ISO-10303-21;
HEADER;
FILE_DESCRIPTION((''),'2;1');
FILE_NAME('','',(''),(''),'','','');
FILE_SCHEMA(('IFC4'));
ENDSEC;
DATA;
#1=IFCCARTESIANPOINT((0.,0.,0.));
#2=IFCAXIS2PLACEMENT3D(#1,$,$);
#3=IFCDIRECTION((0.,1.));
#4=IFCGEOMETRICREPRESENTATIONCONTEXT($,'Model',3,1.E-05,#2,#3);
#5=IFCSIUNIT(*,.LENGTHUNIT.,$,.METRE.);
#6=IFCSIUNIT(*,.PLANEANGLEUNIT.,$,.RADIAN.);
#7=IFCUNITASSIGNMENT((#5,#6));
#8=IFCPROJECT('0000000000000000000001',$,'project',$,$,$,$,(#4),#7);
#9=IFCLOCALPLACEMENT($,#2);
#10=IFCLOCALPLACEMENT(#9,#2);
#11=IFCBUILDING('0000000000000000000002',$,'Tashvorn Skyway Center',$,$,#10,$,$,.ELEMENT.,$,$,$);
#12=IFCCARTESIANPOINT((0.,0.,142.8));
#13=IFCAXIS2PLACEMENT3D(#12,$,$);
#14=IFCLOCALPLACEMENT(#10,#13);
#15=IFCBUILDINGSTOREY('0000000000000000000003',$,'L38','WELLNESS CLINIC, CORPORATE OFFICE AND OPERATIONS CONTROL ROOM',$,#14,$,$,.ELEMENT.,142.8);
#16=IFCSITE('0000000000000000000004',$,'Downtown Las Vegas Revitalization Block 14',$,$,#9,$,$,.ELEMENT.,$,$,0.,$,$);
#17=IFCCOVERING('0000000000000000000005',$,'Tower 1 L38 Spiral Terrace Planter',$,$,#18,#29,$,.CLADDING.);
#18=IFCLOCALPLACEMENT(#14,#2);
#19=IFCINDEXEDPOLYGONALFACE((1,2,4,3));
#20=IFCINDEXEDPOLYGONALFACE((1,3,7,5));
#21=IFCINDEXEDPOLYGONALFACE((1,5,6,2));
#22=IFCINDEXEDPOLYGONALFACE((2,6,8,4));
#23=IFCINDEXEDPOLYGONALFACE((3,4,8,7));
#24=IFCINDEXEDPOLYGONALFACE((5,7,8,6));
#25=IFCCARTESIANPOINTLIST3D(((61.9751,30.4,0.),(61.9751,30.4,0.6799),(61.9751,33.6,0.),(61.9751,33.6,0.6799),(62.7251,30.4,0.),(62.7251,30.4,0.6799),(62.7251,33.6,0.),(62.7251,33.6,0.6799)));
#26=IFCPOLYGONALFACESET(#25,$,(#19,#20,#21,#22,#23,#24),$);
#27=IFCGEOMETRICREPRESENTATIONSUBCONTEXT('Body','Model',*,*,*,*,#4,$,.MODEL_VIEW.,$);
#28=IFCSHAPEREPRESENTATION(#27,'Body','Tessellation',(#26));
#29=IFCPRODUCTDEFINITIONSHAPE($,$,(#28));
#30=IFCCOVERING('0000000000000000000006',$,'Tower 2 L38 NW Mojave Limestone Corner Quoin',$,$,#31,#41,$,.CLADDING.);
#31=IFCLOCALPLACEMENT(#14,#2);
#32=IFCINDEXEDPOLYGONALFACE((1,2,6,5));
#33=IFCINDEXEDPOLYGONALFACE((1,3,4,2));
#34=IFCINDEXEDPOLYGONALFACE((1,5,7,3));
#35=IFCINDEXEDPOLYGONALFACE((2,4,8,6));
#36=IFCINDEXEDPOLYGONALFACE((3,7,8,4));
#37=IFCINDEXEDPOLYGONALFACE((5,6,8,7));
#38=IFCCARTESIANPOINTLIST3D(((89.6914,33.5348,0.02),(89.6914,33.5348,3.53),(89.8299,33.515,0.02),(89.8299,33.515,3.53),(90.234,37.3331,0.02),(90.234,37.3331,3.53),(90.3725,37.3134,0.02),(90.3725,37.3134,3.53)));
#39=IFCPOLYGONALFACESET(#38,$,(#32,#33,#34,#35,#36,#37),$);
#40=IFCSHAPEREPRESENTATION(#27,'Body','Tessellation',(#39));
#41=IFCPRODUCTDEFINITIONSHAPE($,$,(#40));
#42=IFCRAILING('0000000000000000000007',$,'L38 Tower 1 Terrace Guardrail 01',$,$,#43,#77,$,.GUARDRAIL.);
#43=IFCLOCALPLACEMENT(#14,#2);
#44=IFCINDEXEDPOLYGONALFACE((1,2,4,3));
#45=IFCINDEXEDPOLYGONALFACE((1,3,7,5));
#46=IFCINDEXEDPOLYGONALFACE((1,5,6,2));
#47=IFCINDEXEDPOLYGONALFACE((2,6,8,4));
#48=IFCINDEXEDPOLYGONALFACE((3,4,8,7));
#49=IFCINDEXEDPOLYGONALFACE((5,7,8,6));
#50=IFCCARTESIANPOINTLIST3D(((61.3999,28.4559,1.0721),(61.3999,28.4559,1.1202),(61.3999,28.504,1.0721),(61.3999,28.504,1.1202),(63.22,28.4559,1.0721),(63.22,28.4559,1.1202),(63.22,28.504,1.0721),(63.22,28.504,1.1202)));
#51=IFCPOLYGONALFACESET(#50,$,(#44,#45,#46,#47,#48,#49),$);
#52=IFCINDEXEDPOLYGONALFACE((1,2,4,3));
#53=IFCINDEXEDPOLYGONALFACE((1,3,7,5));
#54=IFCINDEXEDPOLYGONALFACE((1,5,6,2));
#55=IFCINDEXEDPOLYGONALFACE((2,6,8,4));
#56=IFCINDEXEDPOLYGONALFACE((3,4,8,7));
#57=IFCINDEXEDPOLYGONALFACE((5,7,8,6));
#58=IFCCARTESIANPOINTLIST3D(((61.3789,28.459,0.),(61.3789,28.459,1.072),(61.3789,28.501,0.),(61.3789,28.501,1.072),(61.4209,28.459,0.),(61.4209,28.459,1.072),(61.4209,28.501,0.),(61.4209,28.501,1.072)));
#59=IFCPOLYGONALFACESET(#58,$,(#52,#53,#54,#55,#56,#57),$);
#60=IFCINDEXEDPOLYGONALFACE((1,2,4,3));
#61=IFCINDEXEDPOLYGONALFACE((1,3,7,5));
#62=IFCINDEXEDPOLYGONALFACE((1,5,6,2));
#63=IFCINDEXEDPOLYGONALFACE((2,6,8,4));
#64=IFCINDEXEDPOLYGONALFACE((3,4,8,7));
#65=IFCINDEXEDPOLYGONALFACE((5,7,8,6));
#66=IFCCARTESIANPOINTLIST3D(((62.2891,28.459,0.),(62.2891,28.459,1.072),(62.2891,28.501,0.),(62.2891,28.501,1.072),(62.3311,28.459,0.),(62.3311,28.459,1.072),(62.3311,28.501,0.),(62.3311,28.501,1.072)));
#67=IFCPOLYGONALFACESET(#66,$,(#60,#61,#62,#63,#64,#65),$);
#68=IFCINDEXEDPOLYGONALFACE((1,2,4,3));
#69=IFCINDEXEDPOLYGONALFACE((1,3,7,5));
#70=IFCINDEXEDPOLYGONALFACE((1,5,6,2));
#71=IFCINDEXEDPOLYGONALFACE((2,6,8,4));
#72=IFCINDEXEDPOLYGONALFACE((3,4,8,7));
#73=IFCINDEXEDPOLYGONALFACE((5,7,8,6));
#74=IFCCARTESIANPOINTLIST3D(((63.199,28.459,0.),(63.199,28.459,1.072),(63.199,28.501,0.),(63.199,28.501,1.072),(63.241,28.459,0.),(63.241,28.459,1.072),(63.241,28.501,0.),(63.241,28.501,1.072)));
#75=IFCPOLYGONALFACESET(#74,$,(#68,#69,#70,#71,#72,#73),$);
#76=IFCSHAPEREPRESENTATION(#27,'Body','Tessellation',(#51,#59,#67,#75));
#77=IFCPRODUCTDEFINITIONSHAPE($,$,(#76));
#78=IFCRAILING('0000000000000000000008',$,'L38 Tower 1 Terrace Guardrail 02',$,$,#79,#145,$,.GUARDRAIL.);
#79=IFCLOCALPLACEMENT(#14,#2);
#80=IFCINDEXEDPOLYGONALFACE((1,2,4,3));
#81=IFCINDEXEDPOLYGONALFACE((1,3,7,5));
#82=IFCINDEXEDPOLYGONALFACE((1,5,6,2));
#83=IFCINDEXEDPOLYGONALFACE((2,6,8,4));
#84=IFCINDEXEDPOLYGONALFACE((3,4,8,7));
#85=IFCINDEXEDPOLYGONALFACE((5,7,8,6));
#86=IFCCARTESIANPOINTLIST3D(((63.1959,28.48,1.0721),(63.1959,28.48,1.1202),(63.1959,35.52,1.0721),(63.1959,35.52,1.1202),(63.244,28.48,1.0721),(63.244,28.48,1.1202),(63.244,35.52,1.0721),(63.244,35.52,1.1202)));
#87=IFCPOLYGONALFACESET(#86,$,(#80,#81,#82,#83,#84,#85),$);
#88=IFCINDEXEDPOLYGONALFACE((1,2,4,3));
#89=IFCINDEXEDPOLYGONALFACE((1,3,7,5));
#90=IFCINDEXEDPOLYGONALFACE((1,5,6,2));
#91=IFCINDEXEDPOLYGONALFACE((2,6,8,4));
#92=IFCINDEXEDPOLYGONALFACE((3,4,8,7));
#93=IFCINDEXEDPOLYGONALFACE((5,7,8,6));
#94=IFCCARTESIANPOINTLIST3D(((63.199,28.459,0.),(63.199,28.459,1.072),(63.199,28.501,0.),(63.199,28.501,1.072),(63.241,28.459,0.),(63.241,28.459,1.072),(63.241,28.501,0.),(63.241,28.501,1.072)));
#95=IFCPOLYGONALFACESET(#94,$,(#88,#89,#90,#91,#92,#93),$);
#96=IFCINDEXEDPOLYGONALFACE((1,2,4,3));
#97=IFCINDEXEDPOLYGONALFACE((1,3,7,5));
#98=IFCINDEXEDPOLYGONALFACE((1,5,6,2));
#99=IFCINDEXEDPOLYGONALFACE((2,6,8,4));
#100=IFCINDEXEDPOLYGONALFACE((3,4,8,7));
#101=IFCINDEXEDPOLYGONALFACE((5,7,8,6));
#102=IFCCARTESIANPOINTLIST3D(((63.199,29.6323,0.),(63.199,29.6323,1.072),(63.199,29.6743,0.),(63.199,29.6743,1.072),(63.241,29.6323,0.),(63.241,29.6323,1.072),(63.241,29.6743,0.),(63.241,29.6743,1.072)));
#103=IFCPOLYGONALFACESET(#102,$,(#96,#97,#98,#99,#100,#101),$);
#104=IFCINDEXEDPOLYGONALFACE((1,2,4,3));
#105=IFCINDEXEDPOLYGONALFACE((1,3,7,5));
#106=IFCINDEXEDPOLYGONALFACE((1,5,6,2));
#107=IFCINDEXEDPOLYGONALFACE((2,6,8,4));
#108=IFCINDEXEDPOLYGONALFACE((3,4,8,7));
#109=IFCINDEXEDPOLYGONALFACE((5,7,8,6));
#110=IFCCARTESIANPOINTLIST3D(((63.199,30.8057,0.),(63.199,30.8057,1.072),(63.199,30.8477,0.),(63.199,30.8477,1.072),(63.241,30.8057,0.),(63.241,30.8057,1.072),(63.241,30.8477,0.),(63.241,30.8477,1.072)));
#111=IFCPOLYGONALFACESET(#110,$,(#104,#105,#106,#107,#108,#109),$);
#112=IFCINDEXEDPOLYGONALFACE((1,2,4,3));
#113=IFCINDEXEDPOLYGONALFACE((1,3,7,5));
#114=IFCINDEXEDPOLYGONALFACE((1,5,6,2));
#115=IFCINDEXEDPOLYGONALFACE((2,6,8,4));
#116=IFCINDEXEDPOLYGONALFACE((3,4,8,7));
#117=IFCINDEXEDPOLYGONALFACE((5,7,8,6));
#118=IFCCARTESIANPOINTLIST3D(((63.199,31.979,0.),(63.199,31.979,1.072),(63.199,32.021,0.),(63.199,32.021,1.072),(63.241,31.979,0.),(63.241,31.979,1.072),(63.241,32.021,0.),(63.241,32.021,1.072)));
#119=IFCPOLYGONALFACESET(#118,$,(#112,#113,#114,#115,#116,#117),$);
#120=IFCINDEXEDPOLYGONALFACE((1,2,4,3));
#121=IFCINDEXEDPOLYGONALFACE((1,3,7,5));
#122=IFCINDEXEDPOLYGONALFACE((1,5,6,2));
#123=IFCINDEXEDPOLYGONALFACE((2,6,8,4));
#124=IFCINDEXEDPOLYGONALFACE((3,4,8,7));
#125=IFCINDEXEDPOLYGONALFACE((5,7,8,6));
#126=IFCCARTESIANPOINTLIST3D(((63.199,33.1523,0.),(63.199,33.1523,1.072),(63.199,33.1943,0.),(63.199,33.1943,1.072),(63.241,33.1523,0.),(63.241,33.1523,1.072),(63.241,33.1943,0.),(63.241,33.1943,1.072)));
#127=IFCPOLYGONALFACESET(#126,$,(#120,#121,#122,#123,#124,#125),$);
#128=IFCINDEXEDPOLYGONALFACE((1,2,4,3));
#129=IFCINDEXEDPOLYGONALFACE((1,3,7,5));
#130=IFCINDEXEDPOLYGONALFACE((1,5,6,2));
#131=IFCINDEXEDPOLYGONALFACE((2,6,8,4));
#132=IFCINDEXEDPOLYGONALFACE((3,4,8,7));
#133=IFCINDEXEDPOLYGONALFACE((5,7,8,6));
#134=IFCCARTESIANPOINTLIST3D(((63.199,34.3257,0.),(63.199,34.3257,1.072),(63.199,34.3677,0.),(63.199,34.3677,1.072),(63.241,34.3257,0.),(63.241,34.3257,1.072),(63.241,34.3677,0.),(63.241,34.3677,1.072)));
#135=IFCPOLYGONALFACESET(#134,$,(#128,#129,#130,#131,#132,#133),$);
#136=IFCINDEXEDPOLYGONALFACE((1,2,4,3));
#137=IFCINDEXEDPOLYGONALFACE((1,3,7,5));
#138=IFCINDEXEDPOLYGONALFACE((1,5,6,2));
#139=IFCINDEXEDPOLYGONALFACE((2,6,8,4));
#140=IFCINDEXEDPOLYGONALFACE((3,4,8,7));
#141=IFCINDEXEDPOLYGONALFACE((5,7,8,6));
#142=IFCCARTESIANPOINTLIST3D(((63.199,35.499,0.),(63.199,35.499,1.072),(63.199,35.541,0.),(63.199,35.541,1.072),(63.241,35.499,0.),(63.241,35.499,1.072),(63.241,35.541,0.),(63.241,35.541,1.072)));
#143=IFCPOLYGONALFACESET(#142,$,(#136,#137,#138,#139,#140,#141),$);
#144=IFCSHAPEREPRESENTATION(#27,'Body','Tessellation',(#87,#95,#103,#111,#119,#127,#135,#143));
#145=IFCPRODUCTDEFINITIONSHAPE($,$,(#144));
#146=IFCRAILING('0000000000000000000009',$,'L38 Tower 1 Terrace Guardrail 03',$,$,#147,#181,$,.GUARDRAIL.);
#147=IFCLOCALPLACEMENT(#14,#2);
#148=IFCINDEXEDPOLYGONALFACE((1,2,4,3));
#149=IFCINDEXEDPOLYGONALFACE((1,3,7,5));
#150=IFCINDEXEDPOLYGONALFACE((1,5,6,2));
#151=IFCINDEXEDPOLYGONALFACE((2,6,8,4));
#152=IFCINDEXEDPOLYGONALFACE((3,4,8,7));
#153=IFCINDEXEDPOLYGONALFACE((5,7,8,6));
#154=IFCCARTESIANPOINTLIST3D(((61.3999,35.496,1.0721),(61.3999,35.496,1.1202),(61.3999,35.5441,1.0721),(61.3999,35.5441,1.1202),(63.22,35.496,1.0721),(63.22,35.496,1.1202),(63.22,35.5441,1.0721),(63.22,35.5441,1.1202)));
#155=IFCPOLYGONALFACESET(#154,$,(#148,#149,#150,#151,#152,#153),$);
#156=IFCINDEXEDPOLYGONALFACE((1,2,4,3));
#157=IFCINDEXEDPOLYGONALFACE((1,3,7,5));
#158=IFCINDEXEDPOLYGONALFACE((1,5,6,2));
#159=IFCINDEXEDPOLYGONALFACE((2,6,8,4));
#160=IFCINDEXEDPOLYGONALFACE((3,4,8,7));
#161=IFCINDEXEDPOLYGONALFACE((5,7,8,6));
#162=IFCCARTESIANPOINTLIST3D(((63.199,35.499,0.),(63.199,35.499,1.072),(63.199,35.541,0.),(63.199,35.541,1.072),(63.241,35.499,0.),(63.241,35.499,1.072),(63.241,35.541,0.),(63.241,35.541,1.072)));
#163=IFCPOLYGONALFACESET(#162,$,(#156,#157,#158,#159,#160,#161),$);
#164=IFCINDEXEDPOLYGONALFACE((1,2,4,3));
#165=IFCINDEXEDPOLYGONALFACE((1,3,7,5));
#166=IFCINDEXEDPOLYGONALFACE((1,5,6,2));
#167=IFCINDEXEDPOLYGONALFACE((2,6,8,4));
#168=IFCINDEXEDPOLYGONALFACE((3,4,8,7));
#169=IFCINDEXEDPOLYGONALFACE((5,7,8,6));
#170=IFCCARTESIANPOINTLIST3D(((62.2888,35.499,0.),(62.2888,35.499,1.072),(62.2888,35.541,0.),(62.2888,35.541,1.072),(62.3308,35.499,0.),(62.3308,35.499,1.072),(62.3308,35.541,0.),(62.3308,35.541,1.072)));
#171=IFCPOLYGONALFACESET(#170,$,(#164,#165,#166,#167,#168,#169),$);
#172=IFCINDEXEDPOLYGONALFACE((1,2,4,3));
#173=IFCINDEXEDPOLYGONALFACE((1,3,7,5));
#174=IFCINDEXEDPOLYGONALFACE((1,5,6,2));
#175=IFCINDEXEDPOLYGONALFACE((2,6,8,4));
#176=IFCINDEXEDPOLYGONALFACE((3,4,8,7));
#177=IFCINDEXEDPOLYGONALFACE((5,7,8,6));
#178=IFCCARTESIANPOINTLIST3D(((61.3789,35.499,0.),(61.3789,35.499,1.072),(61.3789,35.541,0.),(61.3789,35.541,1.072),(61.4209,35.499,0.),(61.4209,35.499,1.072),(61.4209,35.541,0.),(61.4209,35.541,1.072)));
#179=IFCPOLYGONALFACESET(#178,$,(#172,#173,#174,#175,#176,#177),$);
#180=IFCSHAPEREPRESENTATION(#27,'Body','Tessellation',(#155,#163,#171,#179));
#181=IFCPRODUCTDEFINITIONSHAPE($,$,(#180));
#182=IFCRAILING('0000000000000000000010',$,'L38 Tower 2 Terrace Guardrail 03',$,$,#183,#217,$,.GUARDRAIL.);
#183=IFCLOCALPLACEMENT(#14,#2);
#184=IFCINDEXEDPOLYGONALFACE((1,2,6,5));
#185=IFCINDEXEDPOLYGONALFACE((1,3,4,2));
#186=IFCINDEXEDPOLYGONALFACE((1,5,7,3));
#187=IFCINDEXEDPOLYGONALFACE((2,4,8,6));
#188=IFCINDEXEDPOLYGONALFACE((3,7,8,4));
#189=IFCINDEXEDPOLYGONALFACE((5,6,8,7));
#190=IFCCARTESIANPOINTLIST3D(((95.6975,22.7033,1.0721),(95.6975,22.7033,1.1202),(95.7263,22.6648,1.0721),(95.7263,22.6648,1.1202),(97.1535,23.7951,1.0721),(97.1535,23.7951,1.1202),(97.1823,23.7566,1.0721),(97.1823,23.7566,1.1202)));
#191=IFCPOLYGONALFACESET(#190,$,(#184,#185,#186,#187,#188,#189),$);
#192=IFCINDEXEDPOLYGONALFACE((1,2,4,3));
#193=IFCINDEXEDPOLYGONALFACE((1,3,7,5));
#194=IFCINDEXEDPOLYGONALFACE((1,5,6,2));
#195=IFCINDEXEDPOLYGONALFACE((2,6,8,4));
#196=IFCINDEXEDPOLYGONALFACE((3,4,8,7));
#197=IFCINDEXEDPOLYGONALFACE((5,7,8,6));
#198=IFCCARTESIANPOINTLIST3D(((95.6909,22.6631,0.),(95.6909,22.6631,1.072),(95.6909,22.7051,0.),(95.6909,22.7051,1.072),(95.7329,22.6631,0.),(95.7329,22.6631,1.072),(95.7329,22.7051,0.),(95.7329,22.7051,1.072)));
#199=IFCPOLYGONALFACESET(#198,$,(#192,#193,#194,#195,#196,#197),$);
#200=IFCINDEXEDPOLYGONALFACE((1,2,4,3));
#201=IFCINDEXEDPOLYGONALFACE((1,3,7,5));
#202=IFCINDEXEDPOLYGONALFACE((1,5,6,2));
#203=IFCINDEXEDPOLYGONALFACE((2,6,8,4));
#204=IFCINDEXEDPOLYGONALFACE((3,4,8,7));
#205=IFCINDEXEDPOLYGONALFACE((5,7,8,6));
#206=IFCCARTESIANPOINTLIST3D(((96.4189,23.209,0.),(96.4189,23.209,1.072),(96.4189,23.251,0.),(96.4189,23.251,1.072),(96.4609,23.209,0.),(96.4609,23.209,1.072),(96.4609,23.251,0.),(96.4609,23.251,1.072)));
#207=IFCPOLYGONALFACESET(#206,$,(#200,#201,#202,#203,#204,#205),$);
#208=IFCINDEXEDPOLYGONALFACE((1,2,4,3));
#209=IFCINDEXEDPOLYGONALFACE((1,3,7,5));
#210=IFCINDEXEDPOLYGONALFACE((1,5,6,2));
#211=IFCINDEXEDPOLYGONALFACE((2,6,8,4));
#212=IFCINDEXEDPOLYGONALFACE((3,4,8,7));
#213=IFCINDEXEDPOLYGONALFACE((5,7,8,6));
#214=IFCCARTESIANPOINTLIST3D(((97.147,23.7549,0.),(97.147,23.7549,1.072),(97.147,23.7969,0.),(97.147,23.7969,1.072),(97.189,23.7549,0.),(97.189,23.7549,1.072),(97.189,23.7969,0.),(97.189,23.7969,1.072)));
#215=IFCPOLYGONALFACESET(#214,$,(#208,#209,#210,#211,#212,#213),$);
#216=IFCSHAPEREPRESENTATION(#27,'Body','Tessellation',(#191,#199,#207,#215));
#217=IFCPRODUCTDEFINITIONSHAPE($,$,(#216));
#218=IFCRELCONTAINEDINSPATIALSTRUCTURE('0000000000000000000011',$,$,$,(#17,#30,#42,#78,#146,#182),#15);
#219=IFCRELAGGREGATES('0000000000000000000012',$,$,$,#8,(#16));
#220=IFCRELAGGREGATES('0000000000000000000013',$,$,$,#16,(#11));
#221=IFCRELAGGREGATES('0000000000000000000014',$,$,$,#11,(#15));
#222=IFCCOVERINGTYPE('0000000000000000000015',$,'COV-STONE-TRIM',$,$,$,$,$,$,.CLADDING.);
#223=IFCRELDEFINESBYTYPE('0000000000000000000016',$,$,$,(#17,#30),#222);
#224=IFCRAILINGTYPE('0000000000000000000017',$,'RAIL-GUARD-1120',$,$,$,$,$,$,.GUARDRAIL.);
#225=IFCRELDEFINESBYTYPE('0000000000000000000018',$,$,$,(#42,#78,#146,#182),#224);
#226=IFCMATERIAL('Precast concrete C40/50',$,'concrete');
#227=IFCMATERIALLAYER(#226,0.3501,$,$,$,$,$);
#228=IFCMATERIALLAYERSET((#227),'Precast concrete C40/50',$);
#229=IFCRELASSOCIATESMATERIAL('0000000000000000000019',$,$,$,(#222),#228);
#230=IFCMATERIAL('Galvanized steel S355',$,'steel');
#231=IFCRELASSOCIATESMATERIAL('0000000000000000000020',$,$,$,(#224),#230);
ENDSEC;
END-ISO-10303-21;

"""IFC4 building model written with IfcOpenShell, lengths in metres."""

from ifc_helpers import new_model, si_unit, direction, frame, origin, origin_2d, place, context, subcontext, project, spatial, rectangle, extrude, material, layer, layer_set, type_object, element, save


model = new_model("IFC4")

# Units and contexts
model_context = context("Model", 3, precision=1e-05, world=origin(), true_north=direction((0.0, 1.0)))
body_context = subcontext(model_context, "Body", "Model", "MODEL_VIEW")
ifc_project = project(units=[si_unit("LENGTHUNIT", "METRE"), si_unit("PLANEANGLEUNIT", "RADIAN")], contexts=[model_context])

# Site, building, storey
site_placement = place(None, origin())
site = spatial("IfcSite", under=ifc_project, at=site_placement, Name="Downtown Las Vegas Revitalization Block 14", CompositionType="ELEMENT", RefElevation=0.0)
building_placement = place(site_placement, origin())
building = spatial("IfcBuilding", under=site, at=building_placement, Name="Tashvorn Skyway Center", CompositionType="ELEMENT")
storey_placement = place(building_placement, frame((0.0, 0.0, 142.8)))
storey = spatial("IfcBuildingStorey", under=building, at=storey_placement, Name="L38", Description="WELLNESS CLINIC, CORPORATE OFFICE AND OPERATIONS CONTROL ROOM", CompositionType="ELEMENT", Elevation=142.8)

# Shared definitions
ifc_material_1 = material(Name="Precast concrete C40/50", Category="concrete")

# Coverings
ifc_layer_1 = layer(ifc_material_1, 0.3501)
ifc_layer_set_1 = layer_set([ifc_layer_1], Name="Precast concrete C40/50")
covering_type_1 = type_object("IfcCoveringType", Name="COV-STONE-TRIM", PredefinedType="CLADDING", material=ifc_layer_set_1)
covering_1_placement = place(storey_placement, frame((62.3501, 32.0, 0.0), z_axis=(0.0, 0.0, 1.0), x_axis=(0.0, -1.0, 0.0)))
element("IfcCovering", 1, at=covering_1_placement, inside=storey, type_object=covering_type_1, Name="Tower 1 L38 Spiral Terrace Planter", PredefinedType="CLADDING", context=body_context, shape_type="SweptSolid", body=[
    extrude(rectangle(XDim=3.2, YDim=0.75, at=origin_2d()), origin(), (0.0, 0.0, 1.0), 0.6799),
])
covering_2_placement = place(storey_placement, frame((90.032, 35.4241, 0.02), z_axis=(0.0, 0.0, 1.0), x_axis=(-0.141421, -0.989949, 0.0)))
element("IfcCovering", 2, at=covering_2_placement, inside=storey, type_object=covering_type_1, Name="Tower 2 L38 NW Mojave Limestone Corner Quoin", PredefinedType="CLADDING", context=body_context, shape_type="SweptSolid", body=[
    extrude(rectangle(XDim=3.8369, YDim=0.1399, at=origin_2d()), origin(), (0.0, 0.0, 1.0), 3.51),
])

# Railings
ifc_material_2 = material(Name="Galvanized steel S355", Category="steel")
railing_type = type_object("IfcRailingType", Name="RAIL-GUARD-1120", PredefinedType="GUARDRAIL", material=ifc_material_2)
railing_1_placement = place(storey_placement, frame((61.3999, 28.48, 0.0)))
element("IfcRailing", 3, at=railing_1_placement, inside=storey, type_object=railing_type, Name="L38 Tower 1 Terrace Guardrail 01", PredefinedType="GUARDRAIL", context=body_context, shape_type="SweptSolid", body=[
    extrude(rectangle(XDim=0.0481, YDim=0.0481, at=origin_2d()), frame((0.0, 0.0, 1.0962), z_axis=(1.0, 0.0, 0.0), x_axis=(0.0, 1.0, 0.0)), (0.0, 0.0, 1.0), 1.8201),
    extrude(rectangle(XDim=0.042, YDim=0.042, at=origin_2d()), origin(), (0.0, 0.0, 1.0), 1.072),
    extrude(rectangle(XDim=0.042, YDim=0.042, at=origin_2d()), frame((0.9102, 0.0, 0.0)), (0.0, 0.0, 1.0), 1.072),
    extrude(rectangle(XDim=0.042, YDim=0.042, at=origin_2d()), frame((1.8201, 0.0, 0.0)), (0.0, 0.0, 1.0), 1.072),
])
railing_2_placement = place(storey_placement, frame((63.22, 28.48, 0.0)))
element("IfcRailing", 4, at=railing_2_placement, inside=storey, type_object=railing_type, Name="L38 Tower 1 Terrace Guardrail 02", PredefinedType="GUARDRAIL", context=body_context, shape_type="SweptSolid", body=[
    extrude(rectangle(XDim=0.0481, YDim=0.0481, at=origin_2d()), frame((0.0, 0.0, 1.0962), z_axis=(0.0, 1.0, 0.0), x_axis=(-1.0, 0.0, 0.0)), (0.0, 0.0, 1.0), 7.04),
    extrude(rectangle(XDim=0.042, YDim=0.042, at=origin_2d()), origin(), (0.0, 0.0, 1.0), 1.072),
    extrude(rectangle(XDim=0.042, YDim=0.042, at=origin_2d()), frame((0.0, 1.1733, 0.0)), (0.0, 0.0, 1.0), 1.072),
    extrude(rectangle(XDim=0.042, YDim=0.042, at=origin_2d()), frame((0.0, 2.3467, 0.0)), (0.0, 0.0, 1.0), 1.072),
    extrude(rectangle(XDim=0.042, YDim=0.042, at=origin_2d()), frame((0.0, 3.52, 0.0)), (0.0, 0.0, 1.0), 1.072),
    extrude(rectangle(XDim=0.042, YDim=0.042, at=origin_2d()), frame((0.0, 4.6934, 0.0)), (0.0, 0.0, 1.0), 1.072),
    extrude(rectangle(XDim=0.042, YDim=0.042, at=origin_2d()), frame((0.0, 5.8667, 0.0)), (0.0, 0.0, 1.0), 1.072),
    extrude(rectangle(XDim=0.042, YDim=0.042, at=origin_2d()), frame((0.0, 7.04, 0.0)), (0.0, 0.0, 1.0), 1.072),
])
railing_3_placement = place(storey_placement, frame((63.22, 35.52, 0.0)))
element("IfcRailing", 5, at=railing_3_placement, inside=storey, type_object=railing_type, Name="L38 Tower 1 Terrace Guardrail 03", PredefinedType="GUARDRAIL", context=body_context, shape_type="SweptSolid", body=[
    extrude(rectangle(XDim=0.0481, YDim=0.0481, at=origin_2d()), frame((0.0, 0.0, 1.0962), z_axis=(-1.0, 0.0, 0.0), x_axis=(0.0, -1.0, 0.0)), (0.0, 0.0, 1.0), 1.8201),
    extrude(rectangle(XDim=0.042, YDim=0.042, at=origin_2d()), origin(), (0.0, 0.0, 1.0), 1.072),
    extrude(rectangle(XDim=0.042, YDim=0.042, at=origin_2d()), frame((-0.9102, 0.0, 0.0)), (0.0, 0.0, 1.0), 1.072),
    extrude(rectangle(XDim=0.042, YDim=0.042, at=origin_2d()), frame((-1.8201, 0.0, 0.0)), (0.0, 0.0, 1.0), 1.072),
])
railing_4_placement = place(storey_placement, frame((95.7119, 22.6841, 0.0)))
element("IfcRailing", 6, at=railing_4_placement, inside=storey, type_object=railing_type, Name="L38 Tower 2 Terrace Guardrail 03", PredefinedType="GUARDRAIL", context=body_context, shape_type="SweptSolid", body=[
    extrude(rectangle(XDim=0.0481, YDim=0.0481, at=origin_2d()), frame((0.0, 0.0, 1.0962), z_axis=(0.800064, 0.599914, 0.0), x_axis=(-0.599914, 0.800064, 0.0)), (0.0, 0.0, 1.0), 1.8198),
    extrude(rectangle(XDim=0.042, YDim=0.042, at=origin_2d()), origin(), (0.0, 0.0, 1.0), 1.072),
    extrude(rectangle(XDim=0.042, YDim=0.042, at=origin_2d()), frame((0.728, 0.5459, 0.0)), (0.0, 0.0, 1.0), 1.072),
    extrude(rectangle(XDim=0.042, YDim=0.042, at=origin_2d()), frame((1.4561, 1.0918, 0.0)), (0.0, 0.0, 1.0), 1.072),
])

save(model, "model.ifc")
